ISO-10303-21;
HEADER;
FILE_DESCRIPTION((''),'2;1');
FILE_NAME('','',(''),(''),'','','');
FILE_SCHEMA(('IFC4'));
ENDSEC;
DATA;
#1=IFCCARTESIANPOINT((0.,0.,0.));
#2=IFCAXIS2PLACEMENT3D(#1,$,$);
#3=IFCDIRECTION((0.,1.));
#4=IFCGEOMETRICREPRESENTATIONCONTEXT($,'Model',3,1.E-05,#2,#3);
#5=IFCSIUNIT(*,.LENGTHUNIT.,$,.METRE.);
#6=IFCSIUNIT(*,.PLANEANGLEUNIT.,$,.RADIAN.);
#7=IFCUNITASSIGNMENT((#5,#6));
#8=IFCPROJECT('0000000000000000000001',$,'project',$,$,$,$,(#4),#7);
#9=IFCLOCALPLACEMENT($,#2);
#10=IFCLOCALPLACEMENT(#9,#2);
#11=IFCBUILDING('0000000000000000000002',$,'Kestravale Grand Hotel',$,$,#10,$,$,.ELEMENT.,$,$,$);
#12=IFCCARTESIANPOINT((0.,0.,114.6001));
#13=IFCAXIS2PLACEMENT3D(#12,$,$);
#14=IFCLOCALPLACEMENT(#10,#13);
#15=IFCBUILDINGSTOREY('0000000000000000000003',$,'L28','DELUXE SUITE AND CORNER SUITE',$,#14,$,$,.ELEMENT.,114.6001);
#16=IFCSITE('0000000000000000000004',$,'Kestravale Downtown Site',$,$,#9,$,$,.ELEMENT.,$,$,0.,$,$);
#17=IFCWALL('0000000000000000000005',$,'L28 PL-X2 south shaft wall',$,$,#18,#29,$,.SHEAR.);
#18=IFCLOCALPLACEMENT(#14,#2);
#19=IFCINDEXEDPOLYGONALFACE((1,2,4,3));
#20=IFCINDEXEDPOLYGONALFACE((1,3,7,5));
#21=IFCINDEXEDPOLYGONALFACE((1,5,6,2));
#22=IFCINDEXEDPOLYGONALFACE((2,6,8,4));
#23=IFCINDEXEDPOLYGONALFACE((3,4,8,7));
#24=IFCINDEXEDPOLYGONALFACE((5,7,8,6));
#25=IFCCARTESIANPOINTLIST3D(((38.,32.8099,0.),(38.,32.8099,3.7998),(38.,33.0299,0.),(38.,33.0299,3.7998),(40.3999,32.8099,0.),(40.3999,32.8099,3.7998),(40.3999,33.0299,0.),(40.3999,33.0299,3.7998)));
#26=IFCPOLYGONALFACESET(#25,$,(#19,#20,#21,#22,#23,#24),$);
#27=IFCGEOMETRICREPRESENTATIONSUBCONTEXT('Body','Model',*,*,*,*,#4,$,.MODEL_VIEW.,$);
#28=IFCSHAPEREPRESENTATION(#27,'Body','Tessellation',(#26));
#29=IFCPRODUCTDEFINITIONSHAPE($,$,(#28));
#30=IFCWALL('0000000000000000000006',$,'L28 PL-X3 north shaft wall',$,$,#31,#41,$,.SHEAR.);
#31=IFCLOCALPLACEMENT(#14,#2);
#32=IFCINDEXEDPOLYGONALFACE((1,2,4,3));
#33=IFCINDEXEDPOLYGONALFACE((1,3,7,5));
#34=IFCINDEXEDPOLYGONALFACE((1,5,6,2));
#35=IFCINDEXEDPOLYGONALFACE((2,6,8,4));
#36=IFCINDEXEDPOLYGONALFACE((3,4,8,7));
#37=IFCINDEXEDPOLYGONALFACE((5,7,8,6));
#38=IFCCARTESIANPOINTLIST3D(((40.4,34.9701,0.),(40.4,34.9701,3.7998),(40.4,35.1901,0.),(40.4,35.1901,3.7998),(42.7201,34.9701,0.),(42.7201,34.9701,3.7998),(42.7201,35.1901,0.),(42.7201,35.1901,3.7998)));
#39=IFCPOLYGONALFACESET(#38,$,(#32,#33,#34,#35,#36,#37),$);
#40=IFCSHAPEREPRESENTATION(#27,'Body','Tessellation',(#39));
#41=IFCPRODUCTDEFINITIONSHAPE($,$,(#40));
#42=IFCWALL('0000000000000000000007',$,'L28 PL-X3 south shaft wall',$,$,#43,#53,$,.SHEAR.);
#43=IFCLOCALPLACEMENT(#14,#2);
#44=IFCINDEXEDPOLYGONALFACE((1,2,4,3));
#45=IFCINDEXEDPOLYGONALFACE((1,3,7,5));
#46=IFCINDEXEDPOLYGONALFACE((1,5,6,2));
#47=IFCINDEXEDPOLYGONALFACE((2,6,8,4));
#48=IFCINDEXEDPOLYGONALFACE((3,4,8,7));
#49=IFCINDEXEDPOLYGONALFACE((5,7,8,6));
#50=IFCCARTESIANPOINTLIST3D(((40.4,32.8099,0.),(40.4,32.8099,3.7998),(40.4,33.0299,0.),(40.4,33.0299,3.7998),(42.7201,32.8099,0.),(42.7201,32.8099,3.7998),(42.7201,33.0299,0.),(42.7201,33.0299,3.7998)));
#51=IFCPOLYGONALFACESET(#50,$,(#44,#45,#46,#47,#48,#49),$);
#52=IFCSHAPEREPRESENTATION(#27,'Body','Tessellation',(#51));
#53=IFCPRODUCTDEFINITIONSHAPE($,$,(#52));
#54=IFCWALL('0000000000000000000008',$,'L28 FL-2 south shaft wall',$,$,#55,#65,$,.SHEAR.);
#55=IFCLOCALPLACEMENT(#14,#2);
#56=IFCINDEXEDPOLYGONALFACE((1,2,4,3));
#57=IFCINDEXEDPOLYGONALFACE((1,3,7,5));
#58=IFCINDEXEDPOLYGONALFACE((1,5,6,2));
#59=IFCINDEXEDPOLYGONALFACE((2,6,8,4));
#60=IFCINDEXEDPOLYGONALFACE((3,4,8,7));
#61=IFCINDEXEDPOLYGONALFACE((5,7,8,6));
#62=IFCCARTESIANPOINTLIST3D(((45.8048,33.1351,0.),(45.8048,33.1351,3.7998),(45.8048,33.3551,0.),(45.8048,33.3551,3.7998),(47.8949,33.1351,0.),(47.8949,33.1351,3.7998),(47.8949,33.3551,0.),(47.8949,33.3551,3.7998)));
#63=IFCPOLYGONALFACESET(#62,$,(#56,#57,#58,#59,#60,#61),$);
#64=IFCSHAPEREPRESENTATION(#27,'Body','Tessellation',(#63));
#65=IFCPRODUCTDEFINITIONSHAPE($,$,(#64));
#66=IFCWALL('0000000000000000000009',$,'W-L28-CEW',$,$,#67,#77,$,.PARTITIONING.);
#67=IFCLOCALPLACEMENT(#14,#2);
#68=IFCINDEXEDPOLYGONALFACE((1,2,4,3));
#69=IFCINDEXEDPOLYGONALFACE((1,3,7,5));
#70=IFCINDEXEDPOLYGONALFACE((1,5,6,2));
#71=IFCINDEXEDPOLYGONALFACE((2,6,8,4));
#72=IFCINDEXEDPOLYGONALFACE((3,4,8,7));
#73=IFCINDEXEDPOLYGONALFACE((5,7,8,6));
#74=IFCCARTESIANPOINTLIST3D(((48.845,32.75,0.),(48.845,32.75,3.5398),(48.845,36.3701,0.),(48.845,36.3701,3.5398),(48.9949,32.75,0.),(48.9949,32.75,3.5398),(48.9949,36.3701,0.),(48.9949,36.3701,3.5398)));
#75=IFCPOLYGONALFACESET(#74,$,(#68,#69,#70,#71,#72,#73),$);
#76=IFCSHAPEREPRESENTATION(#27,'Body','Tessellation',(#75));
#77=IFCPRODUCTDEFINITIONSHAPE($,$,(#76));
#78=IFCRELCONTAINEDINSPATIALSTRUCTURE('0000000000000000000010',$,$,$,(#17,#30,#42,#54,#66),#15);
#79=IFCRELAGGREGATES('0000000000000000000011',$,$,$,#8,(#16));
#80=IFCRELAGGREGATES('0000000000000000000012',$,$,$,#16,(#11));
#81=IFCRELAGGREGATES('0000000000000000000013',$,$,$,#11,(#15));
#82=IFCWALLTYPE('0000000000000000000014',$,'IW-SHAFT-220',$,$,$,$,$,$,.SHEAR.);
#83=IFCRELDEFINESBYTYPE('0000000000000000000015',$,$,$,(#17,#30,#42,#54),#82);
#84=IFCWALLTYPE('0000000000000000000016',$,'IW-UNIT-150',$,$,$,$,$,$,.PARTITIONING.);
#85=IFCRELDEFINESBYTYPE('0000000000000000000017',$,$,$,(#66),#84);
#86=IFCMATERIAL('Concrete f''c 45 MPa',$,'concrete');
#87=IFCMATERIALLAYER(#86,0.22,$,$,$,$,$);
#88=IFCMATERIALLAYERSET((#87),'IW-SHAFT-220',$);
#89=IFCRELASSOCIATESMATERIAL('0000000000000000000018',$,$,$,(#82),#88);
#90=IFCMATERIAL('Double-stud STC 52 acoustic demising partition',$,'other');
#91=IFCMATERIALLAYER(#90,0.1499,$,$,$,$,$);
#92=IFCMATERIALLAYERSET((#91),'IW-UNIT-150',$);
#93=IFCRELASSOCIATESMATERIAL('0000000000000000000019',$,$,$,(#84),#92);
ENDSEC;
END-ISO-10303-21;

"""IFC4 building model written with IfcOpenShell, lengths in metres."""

from ifc_helpers import new_model, si_unit, direction, frame, frame_2d, origin, place, context, subcontext, project, spatial, rectangle, extrude, material, layer, layer_set, type_object, element, save


model = new_model("IFC4")

# Units and contexts
model_context = context("Model", 3, precision=1e-05, world=origin(), true_north=direction((0.0, 1.0)))
body_context = subcontext(model_context, "Body", "Model", "MODEL_VIEW")
ifc_project = project(units=[si_unit("LENGTHUNIT", "METRE"), si_unit("PLANEANGLEUNIT", "RADIAN")], contexts=[model_context])

# Site, building, storey
site_placement = place(None, origin())
site = spatial("IfcSite", under=ifc_project, at=site_placement, Name="Kestravale Downtown Site", CompositionType="ELEMENT", RefElevation=0.0)
building_placement = place(site_placement, origin())
building = spatial("IfcBuilding", under=site, at=building_placement, Name="Kestravale Grand Hotel", CompositionType="ELEMENT")
storey_placement = place(building_placement, frame((0.0, 0.0, 114.6001)))
storey = spatial("IfcBuildingStorey", under=building, at=storey_placement, Name="L28", Description="DELUXE SUITE AND CORNER SUITE", CompositionType="ELEMENT", Elevation=114.6001)

# Walls
ifc_material_1 = material(Name="Concrete f'c 45 MPa", Category="concrete")
ifc_layer_1 = layer(ifc_material_1, 0.22)
ifc_layer_set_1 = layer_set([ifc_layer_1], Name="IW-SHAFT-220")
wall_type_1 = type_object("IfcWallType", Name="IW-SHAFT-220", PredefinedType="SHEAR", material=ifc_layer_set_1)
for number, where, z_axis, x_axis, name in (
    (1, (38.0, 32.9199, 0.0), (0.0, 0.0, 1.0), (1.0, 0.0, 0.0), "L28 PL-X2 south shaft wall"),
):
    element("IfcWall", number, at=place(storey_placement, frame(where, z_axis=z_axis, x_axis=x_axis)), inside=storey, type_object=wall_type_1, Name=name, PredefinedType="SHEAR", context=body_context, shape_type="SweptSolid", body=[
        extrude(rectangle(XDim=2.3999, YDim=0.22, at=frame_2d((1.2, 0.0))), origin(), (0.0, 0.0, 1.0), 3.7998),
    ])
for number, where, z_axis, x_axis, name in (
    (2, (40.3999, 35.0801, 0.0), (0.0, 0.0, 1.0), (1.0, 0.0, 0.0), "L28 PL-X3 north shaft wall"),
    (3, (40.3999, 32.9199, 0.0), (0.0, 0.0, 1.0), (1.0, 0.0, 0.0), "L28 PL-X3 south shaft wall"),
):
    element("IfcWall", number, at=place(storey_placement, frame(where, z_axis=z_axis, x_axis=x_axis)), inside=storey, type_object=wall_type_1, Name=name, PredefinedType="SHEAR", context=body_context, shape_type="SweptSolid", body=[
        extrude(rectangle(XDim=2.3201, YDim=0.22, at=frame_2d((1.1602, 0.0))), origin(), (0.0, 0.0, 1.0), 3.7998),
    ])

# Walls
wall_1_placement = place(storey_placement, frame((45.8049, 33.2451, 0.0), z_axis=(0.0, 0.0, 1.0), x_axis=(1.0, 0.0, 0.0)))
element("IfcWall", 4, at=wall_1_placement, inside=storey, type_object=wall_type_1, Name="L28 FL-2 south shaft wall", PredefinedType="SHEAR", context=body_context, shape_type="SweptSolid", body=[
    extrude(rectangle(XDim=2.0901, YDim=0.22, at=frame_2d((1.0449, 0.0))), origin(), (0.0, 0.0, 1.0), 3.7998),
])
ifc_material_2 = material(Name="Double-stud STC 52 acoustic demising partition", Category="other")
ifc_layer_2 = layer(ifc_material_2, 0.1499)
ifc_layer_set_2 = layer_set([ifc_layer_2], Name="IW-UNIT-150")
wall_type_2 = type_object("IfcWallType", Name="IW-UNIT-150", PredefinedType="PARTITIONING", material=ifc_layer_set_2)
wall_2_placement = place(storey_placement, frame((48.9199, 32.75, 0.0), z_axis=(0.0, 0.0, 1.0), x_axis=(0.0, 1.0, 0.0)))
element("IfcWall", 5, at=wall_2_placement, inside=storey, type_object=wall_type_2, Name="W-L28-CEW", PredefinedType="PARTITIONING", context=body_context, shape_type="SweptSolid", body=[
    extrude(rectangle(XDim=3.6201, YDim=0.1499, at=frame_2d((1.8101, 0.0))), origin(), (0.0, 0.0, 1.0), 3.5398),
])

save(model, "model.ifc")
